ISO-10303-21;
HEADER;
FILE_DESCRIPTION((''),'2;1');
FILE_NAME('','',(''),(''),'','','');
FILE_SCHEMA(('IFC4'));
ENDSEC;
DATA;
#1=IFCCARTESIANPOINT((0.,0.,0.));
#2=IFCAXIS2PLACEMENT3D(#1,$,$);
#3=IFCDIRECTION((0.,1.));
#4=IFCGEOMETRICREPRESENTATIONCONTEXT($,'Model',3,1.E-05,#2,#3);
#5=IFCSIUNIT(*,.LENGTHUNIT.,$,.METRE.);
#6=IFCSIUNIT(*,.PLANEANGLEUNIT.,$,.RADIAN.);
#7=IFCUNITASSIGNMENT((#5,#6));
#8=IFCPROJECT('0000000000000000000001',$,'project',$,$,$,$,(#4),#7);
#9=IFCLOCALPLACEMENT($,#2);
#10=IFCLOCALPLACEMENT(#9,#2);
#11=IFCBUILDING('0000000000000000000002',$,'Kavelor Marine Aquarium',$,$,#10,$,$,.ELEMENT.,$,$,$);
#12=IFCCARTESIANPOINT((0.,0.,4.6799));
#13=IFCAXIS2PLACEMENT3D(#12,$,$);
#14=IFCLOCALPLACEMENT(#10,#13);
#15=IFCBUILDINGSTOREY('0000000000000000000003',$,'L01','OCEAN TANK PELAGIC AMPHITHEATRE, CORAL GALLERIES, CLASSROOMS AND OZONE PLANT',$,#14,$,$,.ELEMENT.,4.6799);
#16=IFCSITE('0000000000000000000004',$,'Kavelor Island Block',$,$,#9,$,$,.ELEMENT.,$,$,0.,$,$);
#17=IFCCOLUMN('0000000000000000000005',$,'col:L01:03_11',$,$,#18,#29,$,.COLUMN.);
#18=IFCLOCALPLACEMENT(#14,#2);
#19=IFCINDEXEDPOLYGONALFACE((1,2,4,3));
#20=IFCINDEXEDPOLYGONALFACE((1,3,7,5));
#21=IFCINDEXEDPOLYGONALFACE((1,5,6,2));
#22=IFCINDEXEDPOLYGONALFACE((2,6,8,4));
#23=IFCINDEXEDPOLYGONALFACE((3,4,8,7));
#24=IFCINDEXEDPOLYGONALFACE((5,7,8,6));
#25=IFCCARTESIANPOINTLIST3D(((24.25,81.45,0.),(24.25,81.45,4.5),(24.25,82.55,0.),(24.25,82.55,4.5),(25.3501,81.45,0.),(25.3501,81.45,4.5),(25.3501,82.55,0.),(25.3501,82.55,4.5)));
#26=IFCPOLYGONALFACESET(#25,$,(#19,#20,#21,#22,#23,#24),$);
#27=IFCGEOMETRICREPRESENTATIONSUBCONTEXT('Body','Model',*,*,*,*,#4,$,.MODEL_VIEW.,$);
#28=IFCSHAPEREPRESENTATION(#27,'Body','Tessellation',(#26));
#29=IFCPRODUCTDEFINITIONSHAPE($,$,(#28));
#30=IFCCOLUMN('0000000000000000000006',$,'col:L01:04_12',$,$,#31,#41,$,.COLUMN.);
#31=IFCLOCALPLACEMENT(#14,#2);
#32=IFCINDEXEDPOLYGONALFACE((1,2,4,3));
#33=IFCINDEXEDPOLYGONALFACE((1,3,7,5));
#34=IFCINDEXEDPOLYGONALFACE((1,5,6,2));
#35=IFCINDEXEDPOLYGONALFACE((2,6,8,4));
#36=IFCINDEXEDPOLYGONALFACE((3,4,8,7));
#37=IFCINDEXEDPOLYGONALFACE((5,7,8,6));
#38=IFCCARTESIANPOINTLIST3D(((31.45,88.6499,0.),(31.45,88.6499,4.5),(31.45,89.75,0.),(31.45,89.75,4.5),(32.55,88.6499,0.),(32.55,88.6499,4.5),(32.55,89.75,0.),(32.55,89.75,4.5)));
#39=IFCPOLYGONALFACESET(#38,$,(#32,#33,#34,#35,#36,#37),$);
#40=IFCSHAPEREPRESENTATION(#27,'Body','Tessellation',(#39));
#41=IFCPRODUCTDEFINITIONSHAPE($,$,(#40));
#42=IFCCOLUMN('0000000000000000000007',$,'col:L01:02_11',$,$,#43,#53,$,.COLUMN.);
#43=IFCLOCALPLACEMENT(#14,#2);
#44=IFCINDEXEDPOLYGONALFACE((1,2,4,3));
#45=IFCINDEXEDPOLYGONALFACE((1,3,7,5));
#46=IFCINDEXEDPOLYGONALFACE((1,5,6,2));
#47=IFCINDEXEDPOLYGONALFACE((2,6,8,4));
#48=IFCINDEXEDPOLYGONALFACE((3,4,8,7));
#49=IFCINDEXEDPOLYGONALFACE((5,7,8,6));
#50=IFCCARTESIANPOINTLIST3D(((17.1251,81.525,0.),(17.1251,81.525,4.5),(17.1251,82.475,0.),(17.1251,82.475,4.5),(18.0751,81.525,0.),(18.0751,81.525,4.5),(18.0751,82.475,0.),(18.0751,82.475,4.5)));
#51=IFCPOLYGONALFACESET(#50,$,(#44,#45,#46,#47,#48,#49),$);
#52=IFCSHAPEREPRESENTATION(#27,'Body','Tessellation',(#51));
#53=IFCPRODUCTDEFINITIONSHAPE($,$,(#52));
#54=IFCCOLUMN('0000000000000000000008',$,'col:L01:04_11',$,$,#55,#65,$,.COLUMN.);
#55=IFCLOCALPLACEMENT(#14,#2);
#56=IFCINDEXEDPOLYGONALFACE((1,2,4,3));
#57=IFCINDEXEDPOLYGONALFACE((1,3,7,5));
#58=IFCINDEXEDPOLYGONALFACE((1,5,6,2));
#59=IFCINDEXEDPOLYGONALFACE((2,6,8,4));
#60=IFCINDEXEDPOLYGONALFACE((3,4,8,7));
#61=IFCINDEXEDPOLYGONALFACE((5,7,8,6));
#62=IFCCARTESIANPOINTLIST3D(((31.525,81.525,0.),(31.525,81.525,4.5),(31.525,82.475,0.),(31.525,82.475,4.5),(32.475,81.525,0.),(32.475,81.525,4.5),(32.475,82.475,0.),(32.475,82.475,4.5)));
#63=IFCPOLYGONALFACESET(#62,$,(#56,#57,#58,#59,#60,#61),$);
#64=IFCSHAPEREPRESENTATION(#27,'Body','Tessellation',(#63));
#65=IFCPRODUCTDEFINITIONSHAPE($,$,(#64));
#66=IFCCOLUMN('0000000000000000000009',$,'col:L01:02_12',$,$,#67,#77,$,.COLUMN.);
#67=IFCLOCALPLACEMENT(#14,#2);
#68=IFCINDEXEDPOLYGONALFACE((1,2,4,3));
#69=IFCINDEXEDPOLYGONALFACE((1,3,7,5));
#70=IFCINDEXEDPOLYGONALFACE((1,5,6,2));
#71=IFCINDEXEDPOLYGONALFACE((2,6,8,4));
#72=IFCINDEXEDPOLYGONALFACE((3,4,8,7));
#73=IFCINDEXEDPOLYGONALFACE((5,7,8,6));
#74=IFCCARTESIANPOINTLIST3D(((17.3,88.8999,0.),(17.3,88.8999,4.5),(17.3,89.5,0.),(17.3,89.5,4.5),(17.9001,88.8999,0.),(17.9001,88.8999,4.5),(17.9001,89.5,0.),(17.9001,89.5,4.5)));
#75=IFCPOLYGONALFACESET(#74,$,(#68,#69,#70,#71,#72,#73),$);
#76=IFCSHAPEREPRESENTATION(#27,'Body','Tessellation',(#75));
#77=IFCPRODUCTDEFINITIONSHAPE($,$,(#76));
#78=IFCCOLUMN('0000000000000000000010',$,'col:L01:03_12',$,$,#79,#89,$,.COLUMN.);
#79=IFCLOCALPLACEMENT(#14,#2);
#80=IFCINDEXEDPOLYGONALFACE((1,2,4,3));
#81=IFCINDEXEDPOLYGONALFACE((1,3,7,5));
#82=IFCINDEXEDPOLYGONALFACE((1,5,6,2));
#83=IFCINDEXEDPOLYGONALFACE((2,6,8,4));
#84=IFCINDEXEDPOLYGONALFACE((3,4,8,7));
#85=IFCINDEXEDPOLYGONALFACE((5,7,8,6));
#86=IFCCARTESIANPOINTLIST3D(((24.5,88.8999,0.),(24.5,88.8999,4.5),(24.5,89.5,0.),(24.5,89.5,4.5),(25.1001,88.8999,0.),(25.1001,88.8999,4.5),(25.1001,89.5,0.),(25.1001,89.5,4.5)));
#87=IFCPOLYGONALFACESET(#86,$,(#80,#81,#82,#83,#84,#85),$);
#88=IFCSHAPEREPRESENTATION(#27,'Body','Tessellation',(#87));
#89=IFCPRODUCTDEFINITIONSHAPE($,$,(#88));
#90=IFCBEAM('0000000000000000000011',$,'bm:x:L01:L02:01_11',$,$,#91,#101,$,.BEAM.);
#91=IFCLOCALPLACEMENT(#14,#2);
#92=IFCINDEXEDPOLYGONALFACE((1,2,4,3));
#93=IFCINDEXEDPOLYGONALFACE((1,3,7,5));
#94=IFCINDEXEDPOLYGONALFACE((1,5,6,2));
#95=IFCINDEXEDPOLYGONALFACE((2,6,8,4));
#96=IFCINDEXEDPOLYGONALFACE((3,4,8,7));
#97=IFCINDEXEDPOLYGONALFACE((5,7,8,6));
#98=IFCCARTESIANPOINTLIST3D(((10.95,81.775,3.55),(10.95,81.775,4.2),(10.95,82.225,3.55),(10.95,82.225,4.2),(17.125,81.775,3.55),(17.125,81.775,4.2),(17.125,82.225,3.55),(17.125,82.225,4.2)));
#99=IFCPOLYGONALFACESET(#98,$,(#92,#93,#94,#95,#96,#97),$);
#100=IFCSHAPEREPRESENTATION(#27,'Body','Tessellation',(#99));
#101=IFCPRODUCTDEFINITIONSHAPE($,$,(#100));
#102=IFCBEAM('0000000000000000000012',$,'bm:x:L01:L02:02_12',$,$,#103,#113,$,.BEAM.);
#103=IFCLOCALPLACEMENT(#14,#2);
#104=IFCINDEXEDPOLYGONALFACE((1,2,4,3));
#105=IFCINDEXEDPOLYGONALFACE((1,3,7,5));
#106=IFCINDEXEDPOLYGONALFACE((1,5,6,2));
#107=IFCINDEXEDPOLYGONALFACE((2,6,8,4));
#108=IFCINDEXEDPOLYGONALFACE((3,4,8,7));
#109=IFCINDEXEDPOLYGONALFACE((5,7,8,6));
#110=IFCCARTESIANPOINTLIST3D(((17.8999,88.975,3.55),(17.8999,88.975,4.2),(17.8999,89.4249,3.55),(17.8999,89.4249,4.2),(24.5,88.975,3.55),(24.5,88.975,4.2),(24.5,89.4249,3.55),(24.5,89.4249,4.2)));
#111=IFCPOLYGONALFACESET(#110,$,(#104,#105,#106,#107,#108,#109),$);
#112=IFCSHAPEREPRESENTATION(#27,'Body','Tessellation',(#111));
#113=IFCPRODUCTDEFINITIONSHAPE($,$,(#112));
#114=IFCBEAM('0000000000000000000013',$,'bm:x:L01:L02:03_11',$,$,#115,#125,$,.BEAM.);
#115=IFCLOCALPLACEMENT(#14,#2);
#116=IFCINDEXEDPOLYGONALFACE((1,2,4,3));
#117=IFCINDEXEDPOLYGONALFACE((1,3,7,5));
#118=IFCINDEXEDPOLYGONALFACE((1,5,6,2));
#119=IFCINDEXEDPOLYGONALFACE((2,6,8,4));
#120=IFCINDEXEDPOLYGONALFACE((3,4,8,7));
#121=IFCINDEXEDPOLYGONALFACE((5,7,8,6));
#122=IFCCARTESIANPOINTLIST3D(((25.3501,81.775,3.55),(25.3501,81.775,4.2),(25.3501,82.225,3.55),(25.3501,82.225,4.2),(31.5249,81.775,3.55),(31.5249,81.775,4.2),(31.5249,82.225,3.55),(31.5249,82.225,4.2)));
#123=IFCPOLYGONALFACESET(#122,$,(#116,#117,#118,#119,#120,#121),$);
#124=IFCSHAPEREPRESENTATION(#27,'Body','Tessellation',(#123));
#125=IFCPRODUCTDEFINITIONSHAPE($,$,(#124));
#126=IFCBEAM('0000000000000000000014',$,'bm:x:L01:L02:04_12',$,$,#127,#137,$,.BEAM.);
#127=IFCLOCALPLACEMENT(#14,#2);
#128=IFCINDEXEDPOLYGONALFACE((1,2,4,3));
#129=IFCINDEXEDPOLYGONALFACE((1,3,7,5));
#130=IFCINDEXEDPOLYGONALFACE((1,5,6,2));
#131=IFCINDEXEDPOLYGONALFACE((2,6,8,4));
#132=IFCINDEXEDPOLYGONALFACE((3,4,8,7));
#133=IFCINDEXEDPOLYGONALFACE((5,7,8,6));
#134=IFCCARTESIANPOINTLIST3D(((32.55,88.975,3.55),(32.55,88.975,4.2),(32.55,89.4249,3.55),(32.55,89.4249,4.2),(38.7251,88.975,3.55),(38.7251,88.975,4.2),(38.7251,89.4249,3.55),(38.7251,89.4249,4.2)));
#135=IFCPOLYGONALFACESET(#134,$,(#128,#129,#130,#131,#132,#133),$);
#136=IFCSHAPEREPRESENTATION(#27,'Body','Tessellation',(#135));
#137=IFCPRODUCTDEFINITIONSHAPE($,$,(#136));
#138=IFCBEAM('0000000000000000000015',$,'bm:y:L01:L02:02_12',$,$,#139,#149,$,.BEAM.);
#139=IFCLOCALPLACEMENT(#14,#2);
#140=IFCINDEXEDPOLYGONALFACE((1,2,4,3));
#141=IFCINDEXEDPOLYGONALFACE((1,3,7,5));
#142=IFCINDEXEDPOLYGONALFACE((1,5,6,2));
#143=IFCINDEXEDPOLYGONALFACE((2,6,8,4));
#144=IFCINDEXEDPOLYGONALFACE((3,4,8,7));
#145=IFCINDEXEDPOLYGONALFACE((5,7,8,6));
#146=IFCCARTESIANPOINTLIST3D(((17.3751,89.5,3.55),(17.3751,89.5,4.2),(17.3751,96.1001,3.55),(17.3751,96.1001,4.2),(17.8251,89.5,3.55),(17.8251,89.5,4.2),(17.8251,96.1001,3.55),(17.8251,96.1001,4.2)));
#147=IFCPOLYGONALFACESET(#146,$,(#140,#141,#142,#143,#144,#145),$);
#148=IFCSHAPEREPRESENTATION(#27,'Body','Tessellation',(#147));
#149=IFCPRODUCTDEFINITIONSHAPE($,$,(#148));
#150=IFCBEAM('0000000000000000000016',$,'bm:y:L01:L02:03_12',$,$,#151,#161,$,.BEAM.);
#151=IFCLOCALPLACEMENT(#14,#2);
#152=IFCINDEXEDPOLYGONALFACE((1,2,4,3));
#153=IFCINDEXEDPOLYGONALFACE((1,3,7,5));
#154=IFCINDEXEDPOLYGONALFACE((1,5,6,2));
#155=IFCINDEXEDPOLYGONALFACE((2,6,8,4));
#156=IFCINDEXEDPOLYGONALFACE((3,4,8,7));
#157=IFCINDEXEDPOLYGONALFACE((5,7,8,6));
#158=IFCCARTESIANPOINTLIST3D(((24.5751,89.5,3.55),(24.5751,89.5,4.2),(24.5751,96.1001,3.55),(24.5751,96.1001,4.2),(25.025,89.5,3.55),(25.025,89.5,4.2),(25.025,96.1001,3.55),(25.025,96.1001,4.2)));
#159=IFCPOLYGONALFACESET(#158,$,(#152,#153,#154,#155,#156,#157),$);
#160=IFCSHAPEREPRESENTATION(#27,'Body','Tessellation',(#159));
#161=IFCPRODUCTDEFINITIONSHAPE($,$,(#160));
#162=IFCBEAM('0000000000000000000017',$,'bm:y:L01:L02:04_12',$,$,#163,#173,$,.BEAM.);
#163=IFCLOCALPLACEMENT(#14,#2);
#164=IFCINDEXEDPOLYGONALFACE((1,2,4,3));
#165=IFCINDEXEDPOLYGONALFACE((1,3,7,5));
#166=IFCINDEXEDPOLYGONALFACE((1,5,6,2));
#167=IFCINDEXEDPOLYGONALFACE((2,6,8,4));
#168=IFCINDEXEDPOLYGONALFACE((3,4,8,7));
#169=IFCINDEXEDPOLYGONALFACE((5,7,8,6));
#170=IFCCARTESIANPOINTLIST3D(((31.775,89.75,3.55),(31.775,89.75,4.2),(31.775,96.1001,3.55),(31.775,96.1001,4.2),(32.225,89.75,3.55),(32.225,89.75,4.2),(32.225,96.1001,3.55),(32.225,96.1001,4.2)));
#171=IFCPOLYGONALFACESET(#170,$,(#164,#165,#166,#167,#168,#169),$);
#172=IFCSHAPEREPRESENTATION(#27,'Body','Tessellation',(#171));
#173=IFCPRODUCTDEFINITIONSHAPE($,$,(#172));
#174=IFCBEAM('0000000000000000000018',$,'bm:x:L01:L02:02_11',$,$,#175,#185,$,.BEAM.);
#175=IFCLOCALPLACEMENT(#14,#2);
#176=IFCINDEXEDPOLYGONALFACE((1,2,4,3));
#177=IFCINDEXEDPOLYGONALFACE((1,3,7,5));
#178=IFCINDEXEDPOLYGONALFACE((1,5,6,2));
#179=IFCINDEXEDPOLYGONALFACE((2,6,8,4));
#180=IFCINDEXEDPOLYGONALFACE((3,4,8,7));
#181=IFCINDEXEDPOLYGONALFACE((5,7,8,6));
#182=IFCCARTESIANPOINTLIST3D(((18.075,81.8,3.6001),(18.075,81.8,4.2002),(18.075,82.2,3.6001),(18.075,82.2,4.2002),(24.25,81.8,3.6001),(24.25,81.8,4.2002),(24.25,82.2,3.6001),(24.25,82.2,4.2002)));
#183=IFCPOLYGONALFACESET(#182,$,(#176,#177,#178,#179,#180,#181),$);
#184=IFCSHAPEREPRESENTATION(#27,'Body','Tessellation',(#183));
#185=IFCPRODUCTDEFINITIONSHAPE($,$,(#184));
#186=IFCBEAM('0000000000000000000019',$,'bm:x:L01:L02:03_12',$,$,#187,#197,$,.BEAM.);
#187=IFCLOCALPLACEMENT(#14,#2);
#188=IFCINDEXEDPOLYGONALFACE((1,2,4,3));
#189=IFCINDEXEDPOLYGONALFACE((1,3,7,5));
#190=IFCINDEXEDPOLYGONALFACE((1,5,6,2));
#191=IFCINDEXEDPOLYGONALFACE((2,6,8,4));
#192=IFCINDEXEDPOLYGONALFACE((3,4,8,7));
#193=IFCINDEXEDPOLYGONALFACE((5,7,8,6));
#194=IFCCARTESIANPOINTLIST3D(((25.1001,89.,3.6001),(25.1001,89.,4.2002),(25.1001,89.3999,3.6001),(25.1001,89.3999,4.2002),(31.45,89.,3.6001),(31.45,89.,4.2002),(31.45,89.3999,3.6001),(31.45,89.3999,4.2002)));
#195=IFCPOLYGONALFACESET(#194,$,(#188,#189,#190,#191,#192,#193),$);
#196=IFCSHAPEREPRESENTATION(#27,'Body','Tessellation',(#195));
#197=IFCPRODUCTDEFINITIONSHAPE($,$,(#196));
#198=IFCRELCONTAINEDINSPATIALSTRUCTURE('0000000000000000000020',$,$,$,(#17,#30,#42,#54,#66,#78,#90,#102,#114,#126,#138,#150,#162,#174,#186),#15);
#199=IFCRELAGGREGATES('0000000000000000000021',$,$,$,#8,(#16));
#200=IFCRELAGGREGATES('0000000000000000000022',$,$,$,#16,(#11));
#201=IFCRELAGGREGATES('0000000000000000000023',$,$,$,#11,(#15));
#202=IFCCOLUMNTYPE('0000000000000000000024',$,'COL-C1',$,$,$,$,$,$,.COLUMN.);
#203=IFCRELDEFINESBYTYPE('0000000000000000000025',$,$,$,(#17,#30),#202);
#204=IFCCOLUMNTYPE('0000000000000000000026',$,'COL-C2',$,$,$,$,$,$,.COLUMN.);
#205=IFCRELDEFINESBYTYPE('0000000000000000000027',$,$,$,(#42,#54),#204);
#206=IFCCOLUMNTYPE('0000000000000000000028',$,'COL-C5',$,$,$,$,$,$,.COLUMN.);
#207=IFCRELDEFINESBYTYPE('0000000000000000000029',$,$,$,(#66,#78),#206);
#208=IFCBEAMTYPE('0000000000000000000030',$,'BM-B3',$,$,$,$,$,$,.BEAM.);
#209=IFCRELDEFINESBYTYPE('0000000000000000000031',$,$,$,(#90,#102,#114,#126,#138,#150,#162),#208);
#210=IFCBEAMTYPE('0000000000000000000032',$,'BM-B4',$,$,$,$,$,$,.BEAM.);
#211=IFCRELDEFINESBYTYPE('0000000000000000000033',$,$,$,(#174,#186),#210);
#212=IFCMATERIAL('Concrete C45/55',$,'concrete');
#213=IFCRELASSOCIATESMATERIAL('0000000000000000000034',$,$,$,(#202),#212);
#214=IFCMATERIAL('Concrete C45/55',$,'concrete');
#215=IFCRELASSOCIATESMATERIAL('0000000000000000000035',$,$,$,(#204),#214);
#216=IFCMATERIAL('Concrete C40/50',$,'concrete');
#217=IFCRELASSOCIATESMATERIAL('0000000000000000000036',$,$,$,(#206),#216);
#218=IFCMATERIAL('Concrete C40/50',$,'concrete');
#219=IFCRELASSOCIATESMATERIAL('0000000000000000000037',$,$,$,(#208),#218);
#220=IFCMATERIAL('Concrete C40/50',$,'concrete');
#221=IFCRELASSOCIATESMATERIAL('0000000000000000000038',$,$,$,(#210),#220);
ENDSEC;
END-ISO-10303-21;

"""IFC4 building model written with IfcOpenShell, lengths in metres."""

from ifc_helpers import new_model, si_unit, direction, frame, origin, origin_2d, place, context, subcontext, project, spatial, rectangle, extrude, material, material_profile, profile_set, type_object, element, save


model = new_model("IFC4")

# Units and contexts
model_context = context("Model", 3, precision=1e-05, world=origin(), true_north=direction((0.0, 1.0)))
body_context = subcontext(model_context, "Body", "Model", "MODEL_VIEW")
ifc_project = project(units=[si_unit("LENGTHUNIT", "METRE"), si_unit("PLANEANGLEUNIT", "RADIAN")], contexts=[model_context])

# Site, building, storey
site_placement = place(None, origin())
site = spatial("IfcSite", under=ifc_project, at=site_placement, Name="Kavelor Island Block", CompositionType="ELEMENT", RefElevation=0.0)
building_placement = place(site_placement, origin())
building = spatial("IfcBuilding", under=site, at=building_placement, Name="Kavelor Marine Aquarium", CompositionType="ELEMENT")
storey_placement = place(building_placement, frame((0.0, 0.0, 4.6799)))
storey = spatial("IfcBuildingStorey", under=building, at=storey_placement, Name="L01", Description="OCEAN TANK PELAGIC AMPHITHEATRE, CORAL GALLERIES, CLASSROOMS AND OZONE PLANT", CompositionType="ELEMENT", Elevation=4.6799)

# Columns
ifc_material_1 = material(Name="Concrete C45/55", Category="concrete")
ifc_material_profile_1 = material_profile(ifc_material_1, rectangle(XDim=1.1001, YDim=1.1001, at=origin_2d()), Name="RC-COL 1100x1100")
ifc_profile_set_1 = profile_set([ifc_material_profile_1], Name="Concrete C45/55")
column_type_1 = type_object("IfcColumnType", Name="COL-C1", PredefinedType="COLUMN", material=ifc_profile_set_1)
for number, where, z_axis, x_axis, name in (
    (1, (24.8, 82.0, 0.0), (0.0, 0.0, 1.0), (1.0, 0.0, 0.0), "col:L01:03_11"),
    (2, (32.0, 89.2, 0.0), (0.0, 0.0, 1.0), (1.0, 0.0, 0.0), "col:L01:04_12"),
):
    element("IfcColumn", number, at=place(storey_placement, frame(where, z_axis=z_axis, x_axis=x_axis)), inside=storey, type_object=column_type_1, Name=name, PredefinedType="COLUMN", context=body_context, shape_type="SweptSolid", body=[
        extrude(rectangle(XDim=1.1001, YDim=1.1001, at=origin_2d()), origin(), (0.0, 0.0, 1.0), 4.5),
    ])
ifc_material_2 = material(Name="Concrete C45/55", Category="concrete")
ifc_material_profile_2 = material_profile(ifc_material_2, rectangle(XDim=0.95, YDim=0.95, at=origin_2d()), Name="RC-COL 950x950")
ifc_profile_set_2 = profile_set([ifc_material_profile_2], Name="Concrete C45/55")
column_type_2 = type_object("IfcColumnType", Name="COL-C2", PredefinedType="COLUMN", material=ifc_profile_set_2)
for number, where, z_axis, x_axis, name in (
    (3, (17.6001, 82.0, 0.0), (0.0, 0.0, 1.0), (1.0, 0.0, 0.0), "col:L01:02_11"),
    (4, (32.0, 82.0, 0.0), (0.0, 0.0, 1.0), (1.0, 0.0, 0.0), "col:L01:04_11"),
):
    element("IfcColumn", number, at=place(storey_placement, frame(where, z_axis=z_axis, x_axis=x_axis)), inside=storey, type_object=column_type_2, Name=name, PredefinedType="COLUMN", context=body_context, shape_type="SweptSolid", body=[
        extrude(rectangle(XDim=0.95, YDim=0.95, at=origin_2d()), origin(), (0.0, 0.0, 1.0), 4.5),
    ])
ifc_material_3 = material(Name="Concrete C40/50", Category="concrete")
ifc_material_profile_3 = material_profile(ifc_material_3, rectangle(XDim=0.6001, YDim=0.6001, at=origin_2d()), Name="RC-COL 600x600")
ifc_profile_set_3 = profile_set([ifc_material_profile_3], Name="Concrete C40/50")
column_type_3 = type_object("IfcColumnType", Name="COL-C5", PredefinedType="COLUMN", material=ifc_profile_set_3)
for number, where, z_axis, x_axis, name in (
    (5, (17.6001, 89.2, 0.0), (0.0, 0.0, 1.0), (1.0, 0.0, 0.0), "col:L01:02_12"),
    (6, (24.8, 89.2, 0.0), (0.0, 0.0, 1.0), (1.0, 0.0, 0.0), "col:L01:03_12"),
):
    element("IfcColumn", number, at=place(storey_placement, frame(where, z_axis=z_axis, x_axis=x_axis)), inside=storey, type_object=column_type_3, Name=name, PredefinedType="COLUMN", context=body_context, shape_type="SweptSolid", body=[
        extrude(rectangle(XDim=0.6001, YDim=0.6001, at=origin_2d()), origin(), (0.0, 0.0, 1.0), 4.5),
    ])

# Beams
ifc_material_4 = material(Name="Concrete C40/50", Category="concrete")
ifc_material_profile_4 = material_profile(ifc_material_4, rectangle(XDim=0.45, YDim=0.6499, at=origin_2d()), Name="RC-BM 450x650")
ifc_profile_set_4 = profile_set([ifc_material_profile_4], Name="Concrete C40/50")
beam_type_1 = type_object("IfcBeamType", Name="BM-B3", PredefinedType="BEAM", material=ifc_profile_set_4)
beam_1_placement = place(storey_placement, frame((10.95, 82.0, 3.875), z_axis=(1.0, 0.0, 0.0), x_axis=(0.0, 1.0, 0.0)))
element("IfcBeam", 7, at=beam_1_placement, inside=storey, type_object=beam_type_1, Name="bm:x:L01:L02:01_11", PredefinedType="BEAM", context=body_context, shape_type="SweptSolid", body=[
    extrude(rectangle(XDim=0.45, YDim=0.6499, at=origin_2d()), origin(), (0.0, 0.0, 1.0), 6.175),
])
beam_2_placement = place(storey_placement, frame((17.8999, 89.2, 3.875), z_axis=(1.0, 0.0, 0.0), x_axis=(0.0, 1.0, 0.0)))
element("IfcBeam", 8, at=beam_2_placement, inside=storey, type_object=beam_type_1, Name="bm:x:L01:L02:02_12", PredefinedType="BEAM", context=body_context, shape_type="SweptSolid", body=[
    extrude(rectangle(XDim=0.45, YDim=0.6499, at=origin_2d()), origin(), (0.0, 0.0, 1.0), 6.6001),
])
beam_3_placement = place(storey_placement, frame((25.3501, 82.0, 3.875), z_axis=(1.0, 0.0, 0.0), x_axis=(0.0, 1.0, 0.0)))
element("IfcBeam", 9, at=beam_3_placement, inside=storey, type_object=beam_type_1, Name="bm:x:L01:L02:03_11", PredefinedType="BEAM", context=body_context, shape_type="SweptSolid", body=[
    extrude(rectangle(XDim=0.45, YDim=0.6499, at=origin_2d()), origin(), (0.0, 0.0, 1.0), 6.1748),
])
beam_4_placement = place(storey_placement, frame((32.55, 89.2, 3.875), z_axis=(1.0, 0.0, 0.0), x_axis=(0.0, 1.0, 0.0)))
element("IfcBeam", 10, at=beam_4_placement, inside=storey, type_object=beam_type_1, Name="bm:x:L01:L02:04_12", PredefinedType="BEAM", context=body_context, shape_type="SweptSolid", body=[
    extrude(rectangle(XDim=0.45, YDim=0.6499, at=origin_2d()), origin(), (0.0, 0.0, 1.0), 6.175),
])
for number, where, z_axis, x_axis, name in (
    (11, (17.6001, 89.5, 3.875), (0.0, 1.0, 0.0), (-1.0, 0.0, 0.0), "bm:y:L01:L02:02_12"),
    (12, (24.8, 89.5, 3.875), (0.0, 1.0, 0.0), (-1.0, 0.0, 0.0), "bm:y:L01:L02:03_12"),
):
    element("IfcBeam", number, at=place(storey_placement, frame(where, z_axis=z_axis, x_axis=x_axis)), inside=storey, type_object=beam_type_1, Name=name, PredefinedType="BEAM", context=body_context, shape_type="SweptSolid", body=[
        extrude(rectangle(XDim=0.45, YDim=0.6499, at=origin_2d()), origin(), (0.0, 0.0, 1.0), 6.6001),
    ])
beam_5_placement = place(storey_placement, frame((32.0, 89.75, 3.875), z_axis=(0.0, 1.0, 0.0), x_axis=(-1.0, 0.0, 0.0)))
element("IfcBeam", 13, at=beam_5_placement, inside=storey, type_object=beam_type_1, Name="bm:y:L01:L02:04_12", PredefinedType="BEAM", context=body_context, shape_type="SweptSolid", body=[
    extrude(rectangle(XDim=0.45, YDim=0.6499, at=origin_2d()), origin(), (0.0, 0.0, 1.0), 6.3501),
])
ifc_material_5 = material(Name="Concrete C40/50", Category="concrete")
ifc_material_profile_5 = material_profile(ifc_material_5, rectangle(XDim=0.3999, YDim=0.6001, at=origin_2d()), Name="RC-BM 400x600")
ifc_profile_set_5 = profile_set([ifc_material_profile_5], Name="Concrete C40/50")
beam_type_2 = type_object("IfcBeamType", Name="BM-B4", PredefinedType="BEAM", material=ifc_profile_set_5)
beam_6_placement = place(storey_placement, frame((18.075, 82.0, 3.9001), z_axis=(1.0, 0.0, 0.0), x_axis=(0.0, 1.0, 0.0)))
element("IfcBeam", 14, at=beam_6_placement, inside=storey, type_object=beam_type_2, Name="bm:x:L01:L02:02_11", PredefinedType="BEAM", context=body_context, shape_type="SweptSolid", body=[
    extrude(rectangle(XDim=0.3999, YDim=0.6001, at=origin_2d()), origin(), (0.0, 0.0, 1.0), 6.175),
])
beam_7_placement = place(storey_placement, frame((25.1001, 89.2, 3.9001), z_axis=(1.0, 0.0, 0.0), x_axis=(0.0, 1.0, 0.0)))
element("IfcBeam", 15, at=beam_7_placement, inside=storey, type_object=beam_type_2, Name="bm:x:L01:L02:03_12", PredefinedType="BEAM", context=body_context, shape_type="SweptSolid", body=[
    extrude(rectangle(XDim=0.3999, YDim=0.6001, at=origin_2d()), origin(), (0.0, 0.0, 1.0), 6.3499),
])

save(model, "model.ifc")
